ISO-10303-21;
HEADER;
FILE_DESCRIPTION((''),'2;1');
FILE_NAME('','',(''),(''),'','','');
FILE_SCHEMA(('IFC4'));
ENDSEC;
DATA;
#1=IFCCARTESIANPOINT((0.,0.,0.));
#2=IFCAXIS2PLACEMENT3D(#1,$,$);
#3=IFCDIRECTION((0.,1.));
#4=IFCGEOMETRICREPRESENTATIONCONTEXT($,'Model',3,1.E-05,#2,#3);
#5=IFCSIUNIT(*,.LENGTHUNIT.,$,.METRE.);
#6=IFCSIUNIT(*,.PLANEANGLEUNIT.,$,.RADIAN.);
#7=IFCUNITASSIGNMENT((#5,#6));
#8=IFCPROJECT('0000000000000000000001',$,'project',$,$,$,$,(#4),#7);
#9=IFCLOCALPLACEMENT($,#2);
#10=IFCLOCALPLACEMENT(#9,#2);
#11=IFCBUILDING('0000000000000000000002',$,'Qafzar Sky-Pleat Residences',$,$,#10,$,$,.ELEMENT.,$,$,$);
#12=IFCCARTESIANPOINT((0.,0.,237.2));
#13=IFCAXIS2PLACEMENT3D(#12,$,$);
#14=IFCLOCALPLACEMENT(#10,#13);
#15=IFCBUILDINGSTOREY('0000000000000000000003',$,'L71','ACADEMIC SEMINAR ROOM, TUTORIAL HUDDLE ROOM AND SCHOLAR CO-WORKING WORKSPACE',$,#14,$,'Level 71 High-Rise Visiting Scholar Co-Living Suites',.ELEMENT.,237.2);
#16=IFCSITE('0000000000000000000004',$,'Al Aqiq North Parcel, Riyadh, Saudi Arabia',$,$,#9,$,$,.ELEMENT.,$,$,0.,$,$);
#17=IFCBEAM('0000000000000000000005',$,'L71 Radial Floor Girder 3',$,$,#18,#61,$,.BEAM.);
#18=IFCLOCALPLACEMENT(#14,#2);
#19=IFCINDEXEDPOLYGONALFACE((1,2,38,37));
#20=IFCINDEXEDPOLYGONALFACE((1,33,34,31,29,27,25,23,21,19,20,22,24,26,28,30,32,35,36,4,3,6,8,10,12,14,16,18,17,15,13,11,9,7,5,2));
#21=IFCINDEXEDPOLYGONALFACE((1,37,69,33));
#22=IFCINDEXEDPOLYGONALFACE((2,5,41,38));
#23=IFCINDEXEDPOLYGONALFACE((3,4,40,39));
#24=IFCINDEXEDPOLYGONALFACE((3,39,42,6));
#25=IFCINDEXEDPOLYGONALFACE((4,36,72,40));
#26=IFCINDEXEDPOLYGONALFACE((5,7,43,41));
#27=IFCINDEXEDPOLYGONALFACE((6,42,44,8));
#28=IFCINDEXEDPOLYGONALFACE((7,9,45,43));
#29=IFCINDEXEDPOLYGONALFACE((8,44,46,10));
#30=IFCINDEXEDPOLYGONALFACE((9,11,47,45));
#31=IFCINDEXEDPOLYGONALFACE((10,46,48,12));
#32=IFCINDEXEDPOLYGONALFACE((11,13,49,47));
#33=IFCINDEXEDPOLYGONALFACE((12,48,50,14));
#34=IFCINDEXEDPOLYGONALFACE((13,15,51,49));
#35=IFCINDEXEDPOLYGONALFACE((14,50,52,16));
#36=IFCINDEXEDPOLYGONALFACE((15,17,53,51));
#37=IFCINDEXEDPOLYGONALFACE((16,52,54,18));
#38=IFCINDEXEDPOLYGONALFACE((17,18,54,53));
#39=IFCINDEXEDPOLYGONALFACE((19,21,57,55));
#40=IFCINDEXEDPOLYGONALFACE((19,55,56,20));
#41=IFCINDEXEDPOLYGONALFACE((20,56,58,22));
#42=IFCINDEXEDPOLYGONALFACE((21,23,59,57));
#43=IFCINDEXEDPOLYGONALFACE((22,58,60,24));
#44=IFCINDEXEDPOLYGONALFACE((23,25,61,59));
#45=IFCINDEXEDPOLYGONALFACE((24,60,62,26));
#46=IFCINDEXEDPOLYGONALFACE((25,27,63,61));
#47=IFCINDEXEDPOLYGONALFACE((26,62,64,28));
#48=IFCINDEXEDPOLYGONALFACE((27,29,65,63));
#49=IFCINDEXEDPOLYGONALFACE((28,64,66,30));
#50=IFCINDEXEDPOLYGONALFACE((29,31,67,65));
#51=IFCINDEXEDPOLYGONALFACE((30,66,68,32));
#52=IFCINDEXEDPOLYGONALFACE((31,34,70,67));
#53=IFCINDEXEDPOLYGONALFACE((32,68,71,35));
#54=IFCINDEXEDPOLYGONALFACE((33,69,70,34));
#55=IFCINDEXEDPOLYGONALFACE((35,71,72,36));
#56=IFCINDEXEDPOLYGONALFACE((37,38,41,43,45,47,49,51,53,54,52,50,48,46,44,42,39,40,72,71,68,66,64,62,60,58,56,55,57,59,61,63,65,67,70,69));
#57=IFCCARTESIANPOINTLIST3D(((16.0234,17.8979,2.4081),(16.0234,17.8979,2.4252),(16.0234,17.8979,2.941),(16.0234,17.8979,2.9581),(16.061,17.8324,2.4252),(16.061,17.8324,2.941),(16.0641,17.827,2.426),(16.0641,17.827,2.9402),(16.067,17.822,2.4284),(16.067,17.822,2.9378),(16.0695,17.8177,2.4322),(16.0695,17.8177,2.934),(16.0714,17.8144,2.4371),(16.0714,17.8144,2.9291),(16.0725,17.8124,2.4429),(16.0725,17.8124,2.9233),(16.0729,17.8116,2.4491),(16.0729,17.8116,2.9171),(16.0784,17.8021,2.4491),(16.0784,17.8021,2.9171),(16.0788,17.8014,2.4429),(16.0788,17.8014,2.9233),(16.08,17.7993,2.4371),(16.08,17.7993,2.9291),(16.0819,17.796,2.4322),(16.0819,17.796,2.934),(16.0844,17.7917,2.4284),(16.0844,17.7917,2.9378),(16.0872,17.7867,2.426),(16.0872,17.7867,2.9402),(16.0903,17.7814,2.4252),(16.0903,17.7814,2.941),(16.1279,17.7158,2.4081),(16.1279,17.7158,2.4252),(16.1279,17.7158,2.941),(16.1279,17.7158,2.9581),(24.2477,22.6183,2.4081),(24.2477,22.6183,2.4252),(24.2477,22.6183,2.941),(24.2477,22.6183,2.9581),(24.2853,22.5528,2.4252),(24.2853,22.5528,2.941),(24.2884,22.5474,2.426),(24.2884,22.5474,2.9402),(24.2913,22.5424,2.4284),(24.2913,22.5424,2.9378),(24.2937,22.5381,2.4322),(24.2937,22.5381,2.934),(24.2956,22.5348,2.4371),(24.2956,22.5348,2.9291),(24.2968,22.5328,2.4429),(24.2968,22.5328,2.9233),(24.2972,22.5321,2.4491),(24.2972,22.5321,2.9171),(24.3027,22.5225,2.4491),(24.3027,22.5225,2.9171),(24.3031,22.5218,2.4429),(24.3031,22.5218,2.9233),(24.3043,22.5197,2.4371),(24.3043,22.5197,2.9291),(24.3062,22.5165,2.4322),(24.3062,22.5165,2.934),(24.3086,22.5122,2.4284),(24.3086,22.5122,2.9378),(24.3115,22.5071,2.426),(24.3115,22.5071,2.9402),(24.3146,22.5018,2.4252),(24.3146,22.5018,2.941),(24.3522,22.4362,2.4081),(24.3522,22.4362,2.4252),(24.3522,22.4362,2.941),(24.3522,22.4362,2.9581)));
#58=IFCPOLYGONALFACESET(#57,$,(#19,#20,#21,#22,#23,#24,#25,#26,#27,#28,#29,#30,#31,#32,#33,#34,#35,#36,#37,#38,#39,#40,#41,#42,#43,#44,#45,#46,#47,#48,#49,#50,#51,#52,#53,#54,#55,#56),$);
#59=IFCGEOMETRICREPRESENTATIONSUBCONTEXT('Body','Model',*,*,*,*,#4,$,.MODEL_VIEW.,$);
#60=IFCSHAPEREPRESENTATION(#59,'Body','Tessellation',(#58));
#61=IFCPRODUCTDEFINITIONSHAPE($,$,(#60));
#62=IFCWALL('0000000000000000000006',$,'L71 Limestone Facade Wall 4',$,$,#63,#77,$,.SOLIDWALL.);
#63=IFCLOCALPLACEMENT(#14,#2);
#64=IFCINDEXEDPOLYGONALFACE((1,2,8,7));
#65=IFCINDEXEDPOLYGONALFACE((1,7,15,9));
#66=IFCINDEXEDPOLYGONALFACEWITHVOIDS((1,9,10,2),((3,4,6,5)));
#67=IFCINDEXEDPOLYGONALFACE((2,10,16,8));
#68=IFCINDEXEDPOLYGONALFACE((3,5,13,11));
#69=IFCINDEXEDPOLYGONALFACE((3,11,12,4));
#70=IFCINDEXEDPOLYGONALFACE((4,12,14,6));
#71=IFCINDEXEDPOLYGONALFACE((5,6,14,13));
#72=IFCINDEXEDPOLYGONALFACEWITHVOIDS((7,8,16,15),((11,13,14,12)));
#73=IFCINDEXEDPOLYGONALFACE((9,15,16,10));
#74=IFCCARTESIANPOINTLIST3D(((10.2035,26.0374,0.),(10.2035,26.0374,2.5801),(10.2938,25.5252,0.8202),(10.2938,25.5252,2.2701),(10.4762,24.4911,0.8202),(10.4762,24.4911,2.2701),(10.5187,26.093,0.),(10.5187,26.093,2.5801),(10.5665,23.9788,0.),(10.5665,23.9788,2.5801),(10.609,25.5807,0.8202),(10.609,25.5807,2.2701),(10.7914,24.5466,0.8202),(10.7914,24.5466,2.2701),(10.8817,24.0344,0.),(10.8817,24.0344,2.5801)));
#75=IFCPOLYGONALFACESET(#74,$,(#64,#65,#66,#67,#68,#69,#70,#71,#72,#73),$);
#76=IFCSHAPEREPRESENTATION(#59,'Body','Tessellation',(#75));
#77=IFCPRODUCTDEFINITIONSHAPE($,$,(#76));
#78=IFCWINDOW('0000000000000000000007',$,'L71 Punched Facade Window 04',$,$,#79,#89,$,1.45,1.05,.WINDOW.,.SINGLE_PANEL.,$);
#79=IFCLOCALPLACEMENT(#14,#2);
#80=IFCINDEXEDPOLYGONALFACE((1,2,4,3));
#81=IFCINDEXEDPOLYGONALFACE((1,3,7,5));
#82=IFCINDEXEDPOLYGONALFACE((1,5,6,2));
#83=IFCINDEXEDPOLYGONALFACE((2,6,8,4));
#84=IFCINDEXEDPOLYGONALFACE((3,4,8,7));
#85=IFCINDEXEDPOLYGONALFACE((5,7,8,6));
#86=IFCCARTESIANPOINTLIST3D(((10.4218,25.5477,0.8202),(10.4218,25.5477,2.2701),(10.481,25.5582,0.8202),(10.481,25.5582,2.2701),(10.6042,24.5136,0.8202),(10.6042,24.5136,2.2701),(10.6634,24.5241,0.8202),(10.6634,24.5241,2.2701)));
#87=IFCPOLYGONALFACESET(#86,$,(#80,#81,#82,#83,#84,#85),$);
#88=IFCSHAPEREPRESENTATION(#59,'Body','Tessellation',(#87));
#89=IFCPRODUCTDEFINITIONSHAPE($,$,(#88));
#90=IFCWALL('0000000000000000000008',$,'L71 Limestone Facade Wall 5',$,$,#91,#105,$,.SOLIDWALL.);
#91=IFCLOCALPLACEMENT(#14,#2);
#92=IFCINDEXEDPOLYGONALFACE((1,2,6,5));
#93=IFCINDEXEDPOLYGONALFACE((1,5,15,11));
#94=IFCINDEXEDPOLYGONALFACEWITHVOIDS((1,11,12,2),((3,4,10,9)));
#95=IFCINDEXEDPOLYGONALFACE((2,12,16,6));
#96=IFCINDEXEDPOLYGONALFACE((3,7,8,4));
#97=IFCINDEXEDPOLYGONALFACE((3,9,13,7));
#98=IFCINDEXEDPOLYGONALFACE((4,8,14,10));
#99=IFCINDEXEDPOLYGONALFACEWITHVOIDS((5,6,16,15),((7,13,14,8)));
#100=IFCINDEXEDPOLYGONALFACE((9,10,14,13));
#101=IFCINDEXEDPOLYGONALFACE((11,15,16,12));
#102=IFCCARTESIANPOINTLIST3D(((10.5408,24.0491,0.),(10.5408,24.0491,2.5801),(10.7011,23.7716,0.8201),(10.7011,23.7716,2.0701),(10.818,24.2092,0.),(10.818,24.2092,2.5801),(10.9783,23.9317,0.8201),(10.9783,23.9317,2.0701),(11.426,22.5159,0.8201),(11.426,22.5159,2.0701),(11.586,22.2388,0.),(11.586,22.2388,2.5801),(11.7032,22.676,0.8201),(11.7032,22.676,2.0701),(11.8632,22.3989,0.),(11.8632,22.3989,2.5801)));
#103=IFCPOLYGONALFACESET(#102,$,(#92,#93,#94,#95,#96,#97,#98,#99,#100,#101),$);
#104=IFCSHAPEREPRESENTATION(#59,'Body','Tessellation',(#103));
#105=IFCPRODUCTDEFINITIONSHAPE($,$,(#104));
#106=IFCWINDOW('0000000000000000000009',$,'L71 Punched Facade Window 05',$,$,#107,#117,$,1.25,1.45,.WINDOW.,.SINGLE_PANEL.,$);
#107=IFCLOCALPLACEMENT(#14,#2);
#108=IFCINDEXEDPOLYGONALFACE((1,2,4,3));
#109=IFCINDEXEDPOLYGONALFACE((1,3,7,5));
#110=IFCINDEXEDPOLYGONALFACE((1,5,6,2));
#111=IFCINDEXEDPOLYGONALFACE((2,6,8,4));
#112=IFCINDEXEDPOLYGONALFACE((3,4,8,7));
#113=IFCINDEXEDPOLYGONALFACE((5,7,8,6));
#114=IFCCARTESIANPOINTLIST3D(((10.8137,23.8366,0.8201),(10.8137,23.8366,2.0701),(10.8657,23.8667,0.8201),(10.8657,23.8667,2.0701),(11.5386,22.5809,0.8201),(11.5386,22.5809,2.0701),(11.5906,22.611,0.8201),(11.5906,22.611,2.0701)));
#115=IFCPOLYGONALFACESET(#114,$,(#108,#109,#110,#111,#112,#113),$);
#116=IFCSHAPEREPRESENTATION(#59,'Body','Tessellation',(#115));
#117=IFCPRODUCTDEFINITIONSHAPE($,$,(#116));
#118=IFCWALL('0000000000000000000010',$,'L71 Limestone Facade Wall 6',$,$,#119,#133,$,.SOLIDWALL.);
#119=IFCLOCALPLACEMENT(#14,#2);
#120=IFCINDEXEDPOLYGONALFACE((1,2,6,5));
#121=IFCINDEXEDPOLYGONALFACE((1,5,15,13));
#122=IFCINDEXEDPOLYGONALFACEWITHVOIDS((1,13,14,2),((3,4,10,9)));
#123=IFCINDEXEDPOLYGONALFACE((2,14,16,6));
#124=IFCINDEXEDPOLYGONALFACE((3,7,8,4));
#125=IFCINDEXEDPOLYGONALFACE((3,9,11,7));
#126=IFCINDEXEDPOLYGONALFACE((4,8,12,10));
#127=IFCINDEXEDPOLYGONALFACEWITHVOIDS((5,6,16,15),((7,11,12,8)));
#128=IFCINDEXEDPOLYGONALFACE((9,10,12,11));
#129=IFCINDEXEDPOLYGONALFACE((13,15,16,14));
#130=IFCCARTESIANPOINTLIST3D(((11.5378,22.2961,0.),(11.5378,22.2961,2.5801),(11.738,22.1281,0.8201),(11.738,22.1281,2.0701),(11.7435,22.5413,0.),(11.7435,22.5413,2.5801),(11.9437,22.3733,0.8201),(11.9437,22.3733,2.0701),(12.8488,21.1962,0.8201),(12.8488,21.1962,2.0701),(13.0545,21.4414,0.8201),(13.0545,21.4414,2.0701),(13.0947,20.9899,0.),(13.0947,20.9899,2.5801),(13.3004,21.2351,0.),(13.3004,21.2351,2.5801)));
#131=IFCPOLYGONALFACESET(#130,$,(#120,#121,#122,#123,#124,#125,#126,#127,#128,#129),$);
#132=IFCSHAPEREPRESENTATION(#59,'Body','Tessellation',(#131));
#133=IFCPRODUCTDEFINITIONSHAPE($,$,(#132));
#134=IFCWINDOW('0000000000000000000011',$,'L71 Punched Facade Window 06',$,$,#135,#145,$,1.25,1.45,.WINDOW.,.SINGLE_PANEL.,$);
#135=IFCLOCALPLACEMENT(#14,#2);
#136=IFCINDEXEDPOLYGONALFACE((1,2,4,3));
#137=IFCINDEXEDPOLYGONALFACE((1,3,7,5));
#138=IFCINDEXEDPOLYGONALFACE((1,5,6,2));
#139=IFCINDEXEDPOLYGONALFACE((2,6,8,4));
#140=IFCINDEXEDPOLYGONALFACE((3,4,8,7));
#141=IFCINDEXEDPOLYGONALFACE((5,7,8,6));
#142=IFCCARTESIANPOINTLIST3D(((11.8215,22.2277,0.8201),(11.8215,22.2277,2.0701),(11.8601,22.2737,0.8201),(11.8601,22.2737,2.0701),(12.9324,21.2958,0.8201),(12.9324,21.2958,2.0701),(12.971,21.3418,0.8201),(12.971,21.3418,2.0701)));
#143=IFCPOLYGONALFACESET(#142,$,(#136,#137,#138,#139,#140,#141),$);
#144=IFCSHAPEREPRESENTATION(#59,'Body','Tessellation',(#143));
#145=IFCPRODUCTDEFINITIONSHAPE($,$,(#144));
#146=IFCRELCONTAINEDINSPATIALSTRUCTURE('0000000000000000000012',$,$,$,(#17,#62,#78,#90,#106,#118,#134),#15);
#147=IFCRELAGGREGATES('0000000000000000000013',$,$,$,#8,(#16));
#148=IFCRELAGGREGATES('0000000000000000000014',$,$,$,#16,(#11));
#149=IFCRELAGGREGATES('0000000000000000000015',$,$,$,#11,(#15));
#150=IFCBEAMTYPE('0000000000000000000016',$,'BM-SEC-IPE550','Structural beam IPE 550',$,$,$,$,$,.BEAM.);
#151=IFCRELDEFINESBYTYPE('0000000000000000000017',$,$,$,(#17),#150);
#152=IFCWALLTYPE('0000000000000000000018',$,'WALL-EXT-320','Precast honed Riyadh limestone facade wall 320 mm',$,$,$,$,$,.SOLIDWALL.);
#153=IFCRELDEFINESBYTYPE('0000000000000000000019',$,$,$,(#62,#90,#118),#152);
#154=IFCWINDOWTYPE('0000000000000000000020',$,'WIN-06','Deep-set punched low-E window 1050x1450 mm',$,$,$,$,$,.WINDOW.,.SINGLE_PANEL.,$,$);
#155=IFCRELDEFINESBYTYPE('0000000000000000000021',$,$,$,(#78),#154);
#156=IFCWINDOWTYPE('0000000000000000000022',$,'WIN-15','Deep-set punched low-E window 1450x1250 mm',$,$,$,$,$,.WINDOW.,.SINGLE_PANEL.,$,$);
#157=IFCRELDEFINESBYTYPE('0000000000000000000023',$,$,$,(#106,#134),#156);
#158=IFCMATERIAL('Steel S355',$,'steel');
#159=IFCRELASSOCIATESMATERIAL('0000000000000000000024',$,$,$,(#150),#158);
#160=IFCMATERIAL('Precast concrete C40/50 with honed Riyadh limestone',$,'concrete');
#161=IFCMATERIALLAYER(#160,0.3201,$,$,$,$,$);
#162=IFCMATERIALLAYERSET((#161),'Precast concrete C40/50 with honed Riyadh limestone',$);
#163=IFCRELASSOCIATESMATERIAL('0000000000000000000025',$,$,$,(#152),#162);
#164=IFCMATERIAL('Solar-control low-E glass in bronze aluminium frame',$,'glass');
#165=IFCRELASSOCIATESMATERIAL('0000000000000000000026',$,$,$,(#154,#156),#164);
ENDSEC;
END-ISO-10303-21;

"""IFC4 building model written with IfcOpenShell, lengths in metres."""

from ifc_helpers import new_model, si_unit, direction, frame, frame_2d, origin, origin_2d, place, context, subcontext, project, spatial, rectangle, i_section, extrude, source, transform, mapped, material, layer, layer_set, material_profile, profile_set, type_object, element, fill, save


model = new_model("IFC4")

# Units and contexts
model_context = context("Model", 3, precision=1e-05, world=origin(), true_north=direction((0.0, 1.0)))
body_context = subcontext(model_context, "Body", "Model", "MODEL_VIEW")
ifc_project = project(units=[si_unit("LENGTHUNIT", "METRE"), si_unit("PLANEANGLEUNIT", "RADIAN")], contexts=[model_context])

# Site, building, storey
site_placement = place(None, origin())
site = spatial("IfcSite", under=ifc_project, at=site_placement, Name="Al Aqiq North Parcel, Riyadh, Saudi Arabia", CompositionType="ELEMENT", RefElevation=0.0)
building_placement = place(site_placement, origin())
building = spatial("IfcBuilding", under=site, at=building_placement, Name="Qafzar Sky-Pleat Residences", CompositionType="ELEMENT")
storey_placement = place(building_placement, frame((0.0, 0.0, 237.2)))
storey = spatial("IfcBuildingStorey", under=building, at=storey_placement, Name="L71", Description="ACADEMIC SEMINAR ROOM, TUTORIAL HUDDLE ROOM AND SCHOLAR CO-WORKING WORKSPACE", LongName="Level 71 High-Rise Visiting Scholar Co-Living Suites", CompositionType="ELEMENT", Elevation=237.2)

# Shared definitions
ifc_material_1 = material(Name="Steel S355", Category="steel")

# Beam
ifc_material_profile_1 = material_profile(ifc_material_1, i_section(OverallWidth=0.21, OverallDepth=0.55, WebThickness=0.011, FlangeThickness=0.0171, FilletRadius=0.0239, at=origin_2d()), Name="IPE 550")
ifc_profile_set_1 = profile_set([ifc_material_profile_1], Name="Steel S355")
beam_type_1 = type_object("IfcBeamType", Name="BM-SEC-IPE550", Description="Structural beam IPE 550", PredefinedType="BEAM", material=ifc_profile_set_1)
shared_shape_1 = source(origin(), body_context, "Body", "SweptSolid", [
    extrude(i_section(OverallWidth=0.21, OverallDepth=0.55, WebThickness=0.011, FlangeThickness=0.0171, FilletRadius=0.0239, at=origin_2d()), origin(), (0.0, 0.0, 1.0), 9.4827),
])
beam_1_placement = place(storey_placement, frame((16.0757, 17.8069, 2.6831), z_axis=(0.867296, 0.497793, 0.0), x_axis=(-0.497793, 0.867296, 0.0)))
element("IfcBeam", 1, at=beam_1_placement, inside=storey, type_object=beam_type_1, Name="L71 Radial Floor Girder 3", PredefinedType="BEAM", context=body_context, shape_type="MappedRepresentation", body=[
    mapped(shared_shape_1, transform((0.0, 0.0, 0.0), x_axis=(1.0, 0.0, 0.0), y_axis=(0.0, 1.0, 0.0), z_axis=(0.0, 0.0, 1.0), scale=1.0)),
])

# Walls, openings, windows
ifc_material_2 = material(Name="Precast concrete C40/50 with honed Riyadh limestone", Category="concrete")
ifc_layer_1 = layer(ifc_material_2, 0.3201)
ifc_layer_set_1 = layer_set([ifc_layer_1], Name="Precast concrete C40/50 with honed Riyadh limestone")
wall_type_1 = type_object("IfcWallType", Name="WALL-EXT-320", Description="Precast honed Riyadh limestone facade wall 320 mm", PredefinedType="SOLIDWALL", material=ifc_layer_set_1)
wall_1_placement = place(storey_placement, frame((10.3611, 26.0652, 0.0), z_axis=(0.0, 0.0, 1.0), x_axis=(0.173672, -0.984804, 0.0)))
wall_1 = element("IfcWall", 2, at=wall_1_placement, inside=storey, type_object=wall_type_1, Name="L71 Limestone Facade Wall 4", PredefinedType="SOLIDWALL", context=body_context, shape_type="SweptSolid", body=[
    extrude(rectangle(XDim=2.0903, YDim=0.3201, at=frame_2d((1.0452, 0.0))), origin(), (0.0, 0.0, 1.0), 2.5801),
])
opening_1_placement = place(wall_1_placement, frame((0.5203, 0.0, 0.8201)))
opening_1 = element("IfcOpeningElement", 3, at=opening_1_placement, cuts=wall_1, PredefinedType="OPENING", context=body_context, shape_type="SweptSolid", body=[
    extrude(rectangle(XDim=1.05, YDim=1.45, at=frame_2d((0.5249, 0.7251))), frame((0.0, 0.1699, 0.0), z_axis=(0.0, -1.0, 0.0), x_axis=(1.0, 0.0, 0.0)), (0.0, 0.0, 1.0), 0.3401),
])
ifc_material_3 = material(Name="Solar-control low-E glass in bronze aluminium frame", Category="glass")
window_type_1 = type_object("IfcWindowType", Name="WIN-06", Description="Deep-set punched low-E window 1050x1450 mm", PartitioningType="SINGLE_PANEL", PredefinedType="WINDOW", material=ifc_material_3)
shared_shape_2 = source(origin(), body_context, "Body", "SweptSolid", [
    extrude(rectangle(XDim=1.05, YDim=1.45, at=frame_2d((0.5249, 0.7251))), frame((0.0, 0.03, 0.0), z_axis=(0.0, -1.0, 0.0), x_axis=(1.0, 0.0, 0.0)), (0.0, 0.0, 1.0), 0.0601),
])
window_1_placement = place(opening_1_placement, origin())
window_1 = element("IfcWindow", 4, at=window_1_placement, inside=storey, type_object=window_type_1, Name="L71 Punched Facade Window 04", OverallHeight=1.45, OverallWidth=1.05, PartitioningType="SINGLE_PANEL", PredefinedType="WINDOW", context=body_context, shape_type="MappedRepresentation", body=[
    mapped(shared_shape_2, transform((0.0, 0.0, 0.0), x_axis=(1.0, 0.0, 0.0), y_axis=(0.0, 1.0, 0.0), z_axis=(0.0, 0.0, 1.0), scale=1.0)),
])
fill(opening_1, window_1)
wall_2_placement = place(storey_placement, frame((10.6794, 24.1292, 0.0), z_axis=(0.0, 0.0, 1.0), x_axis=(0.499995, -0.866028, 0.0)))
wall_2 = element("IfcWall", 5, at=wall_2_placement, inside=storey, type_object=wall_type_1, Name="L71 Limestone Facade Wall 5", PredefinedType="SOLIDWALL", context=body_context, shape_type="SweptSolid", body=[
    extrude(rectangle(XDim=2.0903, YDim=0.3201, at=frame_2d((1.0452, 0.0))), origin(), (0.0, 0.0, 1.0), 2.5801),
])
opening_2_placement = place(wall_2_placement, frame((0.3203, 0.0, 0.8201)))
opening_2 = element("IfcOpeningElement", 6, at=opening_2_placement, cuts=wall_2, PredefinedType="OPENING", context=body_context, shape_type="SweptSolid", body=[
    extrude(rectangle(XDim=1.45, YDim=1.25, at=frame_2d((0.7251, 0.625))), frame((0.0, 0.1699, 0.0), z_axis=(0.0, -1.0, 0.0), x_axis=(1.0, 0.0, 0.0)), (0.0, 0.0, 1.0), 0.3401),
])
window_type_2 = type_object("IfcWindowType", Name="WIN-15", Description="Deep-set punched low-E window 1450x1250 mm", PartitioningType="SINGLE_PANEL", PredefinedType="WINDOW", material=ifc_material_3)
shared_shape_3 = source(origin(), body_context, "Body", "SweptSolid", [
    extrude(rectangle(XDim=1.45, YDim=1.25, at=frame_2d((0.7251, 0.625))), frame((0.0, 0.03, 0.0), z_axis=(0.0, -1.0, 0.0), x_axis=(1.0, 0.0, 0.0)), (0.0, 0.0, 1.0), 0.0601),
])
window_2_placement = place(opening_2_placement, origin())
window_2 = element("IfcWindow", 7, at=window_2_placement, inside=storey, type_object=window_type_2, Name="L71 Punched Facade Window 05", OverallHeight=1.25, OverallWidth=1.45, PartitioningType="SINGLE_PANEL", PredefinedType="WINDOW", context=body_context, shape_type="MappedRepresentation", body=[
    mapped(shared_shape_3, transform((0.0, 0.0, 0.0), x_axis=(1.0, 0.0, 0.0), y_axis=(0.0, 1.0, 0.0), z_axis=(0.0, 0.0, 1.0), scale=1.0)),
])
fill(opening_2, window_2)
wall_3_placement = place(storey_placement, frame((11.6406, 22.4187, 0.0), z_axis=(0.0, 0.0, 1.0), x_axis=(0.7661, -0.642721, 0.0)))
wall_3 = element("IfcWall", 8, at=wall_3_placement, inside=storey, type_object=wall_type_1, Name="L71 Limestone Facade Wall 6", PredefinedType="SOLIDWALL", context=body_context, shape_type="SweptSolid", body=[
    extrude(rectangle(XDim=2.0322, YDim=0.3201, at=frame_2d((1.0161, 0.0))), origin(), (0.0, 0.0, 1.0), 2.5801),
])
opening_3_placement = place(wall_3_placement, frame((0.2612, 0.0, 0.8201)))
opening_3 = element("IfcOpeningElement", 9, at=opening_3_placement, cuts=wall_3, PredefinedType="OPENING", context=body_context, shape_type="SweptSolid", body=[
    extrude(rectangle(XDim=1.45, YDim=1.25, at=frame_2d((0.7251, 0.625))), frame((0.0, 0.1699, 0.0), z_axis=(0.0, -1.0, 0.0), x_axis=(1.0, 0.0, 0.0)), (0.0, 0.0, 1.0), 0.3401),
])
window_3_placement = place(opening_3_placement, origin())
window_3 = element("IfcWindow", 10, at=window_3_placement, inside=storey, type_object=window_type_2, Name="L71 Punched Facade Window 06", OverallHeight=1.25, OverallWidth=1.45, PartitioningType="SINGLE_PANEL", PredefinedType="WINDOW", context=body_context, shape_type="MappedRepresentation", body=[
    mapped(shared_shape_3, transform((0.0, 0.0, 0.0), x_axis=(1.0, 0.0, 0.0), y_axis=(0.0, 1.0, 0.0), z_axis=(0.0, 0.0, 1.0), scale=1.0)),
])
fill(opening_3, window_3)

save(model, "model.ifc")
